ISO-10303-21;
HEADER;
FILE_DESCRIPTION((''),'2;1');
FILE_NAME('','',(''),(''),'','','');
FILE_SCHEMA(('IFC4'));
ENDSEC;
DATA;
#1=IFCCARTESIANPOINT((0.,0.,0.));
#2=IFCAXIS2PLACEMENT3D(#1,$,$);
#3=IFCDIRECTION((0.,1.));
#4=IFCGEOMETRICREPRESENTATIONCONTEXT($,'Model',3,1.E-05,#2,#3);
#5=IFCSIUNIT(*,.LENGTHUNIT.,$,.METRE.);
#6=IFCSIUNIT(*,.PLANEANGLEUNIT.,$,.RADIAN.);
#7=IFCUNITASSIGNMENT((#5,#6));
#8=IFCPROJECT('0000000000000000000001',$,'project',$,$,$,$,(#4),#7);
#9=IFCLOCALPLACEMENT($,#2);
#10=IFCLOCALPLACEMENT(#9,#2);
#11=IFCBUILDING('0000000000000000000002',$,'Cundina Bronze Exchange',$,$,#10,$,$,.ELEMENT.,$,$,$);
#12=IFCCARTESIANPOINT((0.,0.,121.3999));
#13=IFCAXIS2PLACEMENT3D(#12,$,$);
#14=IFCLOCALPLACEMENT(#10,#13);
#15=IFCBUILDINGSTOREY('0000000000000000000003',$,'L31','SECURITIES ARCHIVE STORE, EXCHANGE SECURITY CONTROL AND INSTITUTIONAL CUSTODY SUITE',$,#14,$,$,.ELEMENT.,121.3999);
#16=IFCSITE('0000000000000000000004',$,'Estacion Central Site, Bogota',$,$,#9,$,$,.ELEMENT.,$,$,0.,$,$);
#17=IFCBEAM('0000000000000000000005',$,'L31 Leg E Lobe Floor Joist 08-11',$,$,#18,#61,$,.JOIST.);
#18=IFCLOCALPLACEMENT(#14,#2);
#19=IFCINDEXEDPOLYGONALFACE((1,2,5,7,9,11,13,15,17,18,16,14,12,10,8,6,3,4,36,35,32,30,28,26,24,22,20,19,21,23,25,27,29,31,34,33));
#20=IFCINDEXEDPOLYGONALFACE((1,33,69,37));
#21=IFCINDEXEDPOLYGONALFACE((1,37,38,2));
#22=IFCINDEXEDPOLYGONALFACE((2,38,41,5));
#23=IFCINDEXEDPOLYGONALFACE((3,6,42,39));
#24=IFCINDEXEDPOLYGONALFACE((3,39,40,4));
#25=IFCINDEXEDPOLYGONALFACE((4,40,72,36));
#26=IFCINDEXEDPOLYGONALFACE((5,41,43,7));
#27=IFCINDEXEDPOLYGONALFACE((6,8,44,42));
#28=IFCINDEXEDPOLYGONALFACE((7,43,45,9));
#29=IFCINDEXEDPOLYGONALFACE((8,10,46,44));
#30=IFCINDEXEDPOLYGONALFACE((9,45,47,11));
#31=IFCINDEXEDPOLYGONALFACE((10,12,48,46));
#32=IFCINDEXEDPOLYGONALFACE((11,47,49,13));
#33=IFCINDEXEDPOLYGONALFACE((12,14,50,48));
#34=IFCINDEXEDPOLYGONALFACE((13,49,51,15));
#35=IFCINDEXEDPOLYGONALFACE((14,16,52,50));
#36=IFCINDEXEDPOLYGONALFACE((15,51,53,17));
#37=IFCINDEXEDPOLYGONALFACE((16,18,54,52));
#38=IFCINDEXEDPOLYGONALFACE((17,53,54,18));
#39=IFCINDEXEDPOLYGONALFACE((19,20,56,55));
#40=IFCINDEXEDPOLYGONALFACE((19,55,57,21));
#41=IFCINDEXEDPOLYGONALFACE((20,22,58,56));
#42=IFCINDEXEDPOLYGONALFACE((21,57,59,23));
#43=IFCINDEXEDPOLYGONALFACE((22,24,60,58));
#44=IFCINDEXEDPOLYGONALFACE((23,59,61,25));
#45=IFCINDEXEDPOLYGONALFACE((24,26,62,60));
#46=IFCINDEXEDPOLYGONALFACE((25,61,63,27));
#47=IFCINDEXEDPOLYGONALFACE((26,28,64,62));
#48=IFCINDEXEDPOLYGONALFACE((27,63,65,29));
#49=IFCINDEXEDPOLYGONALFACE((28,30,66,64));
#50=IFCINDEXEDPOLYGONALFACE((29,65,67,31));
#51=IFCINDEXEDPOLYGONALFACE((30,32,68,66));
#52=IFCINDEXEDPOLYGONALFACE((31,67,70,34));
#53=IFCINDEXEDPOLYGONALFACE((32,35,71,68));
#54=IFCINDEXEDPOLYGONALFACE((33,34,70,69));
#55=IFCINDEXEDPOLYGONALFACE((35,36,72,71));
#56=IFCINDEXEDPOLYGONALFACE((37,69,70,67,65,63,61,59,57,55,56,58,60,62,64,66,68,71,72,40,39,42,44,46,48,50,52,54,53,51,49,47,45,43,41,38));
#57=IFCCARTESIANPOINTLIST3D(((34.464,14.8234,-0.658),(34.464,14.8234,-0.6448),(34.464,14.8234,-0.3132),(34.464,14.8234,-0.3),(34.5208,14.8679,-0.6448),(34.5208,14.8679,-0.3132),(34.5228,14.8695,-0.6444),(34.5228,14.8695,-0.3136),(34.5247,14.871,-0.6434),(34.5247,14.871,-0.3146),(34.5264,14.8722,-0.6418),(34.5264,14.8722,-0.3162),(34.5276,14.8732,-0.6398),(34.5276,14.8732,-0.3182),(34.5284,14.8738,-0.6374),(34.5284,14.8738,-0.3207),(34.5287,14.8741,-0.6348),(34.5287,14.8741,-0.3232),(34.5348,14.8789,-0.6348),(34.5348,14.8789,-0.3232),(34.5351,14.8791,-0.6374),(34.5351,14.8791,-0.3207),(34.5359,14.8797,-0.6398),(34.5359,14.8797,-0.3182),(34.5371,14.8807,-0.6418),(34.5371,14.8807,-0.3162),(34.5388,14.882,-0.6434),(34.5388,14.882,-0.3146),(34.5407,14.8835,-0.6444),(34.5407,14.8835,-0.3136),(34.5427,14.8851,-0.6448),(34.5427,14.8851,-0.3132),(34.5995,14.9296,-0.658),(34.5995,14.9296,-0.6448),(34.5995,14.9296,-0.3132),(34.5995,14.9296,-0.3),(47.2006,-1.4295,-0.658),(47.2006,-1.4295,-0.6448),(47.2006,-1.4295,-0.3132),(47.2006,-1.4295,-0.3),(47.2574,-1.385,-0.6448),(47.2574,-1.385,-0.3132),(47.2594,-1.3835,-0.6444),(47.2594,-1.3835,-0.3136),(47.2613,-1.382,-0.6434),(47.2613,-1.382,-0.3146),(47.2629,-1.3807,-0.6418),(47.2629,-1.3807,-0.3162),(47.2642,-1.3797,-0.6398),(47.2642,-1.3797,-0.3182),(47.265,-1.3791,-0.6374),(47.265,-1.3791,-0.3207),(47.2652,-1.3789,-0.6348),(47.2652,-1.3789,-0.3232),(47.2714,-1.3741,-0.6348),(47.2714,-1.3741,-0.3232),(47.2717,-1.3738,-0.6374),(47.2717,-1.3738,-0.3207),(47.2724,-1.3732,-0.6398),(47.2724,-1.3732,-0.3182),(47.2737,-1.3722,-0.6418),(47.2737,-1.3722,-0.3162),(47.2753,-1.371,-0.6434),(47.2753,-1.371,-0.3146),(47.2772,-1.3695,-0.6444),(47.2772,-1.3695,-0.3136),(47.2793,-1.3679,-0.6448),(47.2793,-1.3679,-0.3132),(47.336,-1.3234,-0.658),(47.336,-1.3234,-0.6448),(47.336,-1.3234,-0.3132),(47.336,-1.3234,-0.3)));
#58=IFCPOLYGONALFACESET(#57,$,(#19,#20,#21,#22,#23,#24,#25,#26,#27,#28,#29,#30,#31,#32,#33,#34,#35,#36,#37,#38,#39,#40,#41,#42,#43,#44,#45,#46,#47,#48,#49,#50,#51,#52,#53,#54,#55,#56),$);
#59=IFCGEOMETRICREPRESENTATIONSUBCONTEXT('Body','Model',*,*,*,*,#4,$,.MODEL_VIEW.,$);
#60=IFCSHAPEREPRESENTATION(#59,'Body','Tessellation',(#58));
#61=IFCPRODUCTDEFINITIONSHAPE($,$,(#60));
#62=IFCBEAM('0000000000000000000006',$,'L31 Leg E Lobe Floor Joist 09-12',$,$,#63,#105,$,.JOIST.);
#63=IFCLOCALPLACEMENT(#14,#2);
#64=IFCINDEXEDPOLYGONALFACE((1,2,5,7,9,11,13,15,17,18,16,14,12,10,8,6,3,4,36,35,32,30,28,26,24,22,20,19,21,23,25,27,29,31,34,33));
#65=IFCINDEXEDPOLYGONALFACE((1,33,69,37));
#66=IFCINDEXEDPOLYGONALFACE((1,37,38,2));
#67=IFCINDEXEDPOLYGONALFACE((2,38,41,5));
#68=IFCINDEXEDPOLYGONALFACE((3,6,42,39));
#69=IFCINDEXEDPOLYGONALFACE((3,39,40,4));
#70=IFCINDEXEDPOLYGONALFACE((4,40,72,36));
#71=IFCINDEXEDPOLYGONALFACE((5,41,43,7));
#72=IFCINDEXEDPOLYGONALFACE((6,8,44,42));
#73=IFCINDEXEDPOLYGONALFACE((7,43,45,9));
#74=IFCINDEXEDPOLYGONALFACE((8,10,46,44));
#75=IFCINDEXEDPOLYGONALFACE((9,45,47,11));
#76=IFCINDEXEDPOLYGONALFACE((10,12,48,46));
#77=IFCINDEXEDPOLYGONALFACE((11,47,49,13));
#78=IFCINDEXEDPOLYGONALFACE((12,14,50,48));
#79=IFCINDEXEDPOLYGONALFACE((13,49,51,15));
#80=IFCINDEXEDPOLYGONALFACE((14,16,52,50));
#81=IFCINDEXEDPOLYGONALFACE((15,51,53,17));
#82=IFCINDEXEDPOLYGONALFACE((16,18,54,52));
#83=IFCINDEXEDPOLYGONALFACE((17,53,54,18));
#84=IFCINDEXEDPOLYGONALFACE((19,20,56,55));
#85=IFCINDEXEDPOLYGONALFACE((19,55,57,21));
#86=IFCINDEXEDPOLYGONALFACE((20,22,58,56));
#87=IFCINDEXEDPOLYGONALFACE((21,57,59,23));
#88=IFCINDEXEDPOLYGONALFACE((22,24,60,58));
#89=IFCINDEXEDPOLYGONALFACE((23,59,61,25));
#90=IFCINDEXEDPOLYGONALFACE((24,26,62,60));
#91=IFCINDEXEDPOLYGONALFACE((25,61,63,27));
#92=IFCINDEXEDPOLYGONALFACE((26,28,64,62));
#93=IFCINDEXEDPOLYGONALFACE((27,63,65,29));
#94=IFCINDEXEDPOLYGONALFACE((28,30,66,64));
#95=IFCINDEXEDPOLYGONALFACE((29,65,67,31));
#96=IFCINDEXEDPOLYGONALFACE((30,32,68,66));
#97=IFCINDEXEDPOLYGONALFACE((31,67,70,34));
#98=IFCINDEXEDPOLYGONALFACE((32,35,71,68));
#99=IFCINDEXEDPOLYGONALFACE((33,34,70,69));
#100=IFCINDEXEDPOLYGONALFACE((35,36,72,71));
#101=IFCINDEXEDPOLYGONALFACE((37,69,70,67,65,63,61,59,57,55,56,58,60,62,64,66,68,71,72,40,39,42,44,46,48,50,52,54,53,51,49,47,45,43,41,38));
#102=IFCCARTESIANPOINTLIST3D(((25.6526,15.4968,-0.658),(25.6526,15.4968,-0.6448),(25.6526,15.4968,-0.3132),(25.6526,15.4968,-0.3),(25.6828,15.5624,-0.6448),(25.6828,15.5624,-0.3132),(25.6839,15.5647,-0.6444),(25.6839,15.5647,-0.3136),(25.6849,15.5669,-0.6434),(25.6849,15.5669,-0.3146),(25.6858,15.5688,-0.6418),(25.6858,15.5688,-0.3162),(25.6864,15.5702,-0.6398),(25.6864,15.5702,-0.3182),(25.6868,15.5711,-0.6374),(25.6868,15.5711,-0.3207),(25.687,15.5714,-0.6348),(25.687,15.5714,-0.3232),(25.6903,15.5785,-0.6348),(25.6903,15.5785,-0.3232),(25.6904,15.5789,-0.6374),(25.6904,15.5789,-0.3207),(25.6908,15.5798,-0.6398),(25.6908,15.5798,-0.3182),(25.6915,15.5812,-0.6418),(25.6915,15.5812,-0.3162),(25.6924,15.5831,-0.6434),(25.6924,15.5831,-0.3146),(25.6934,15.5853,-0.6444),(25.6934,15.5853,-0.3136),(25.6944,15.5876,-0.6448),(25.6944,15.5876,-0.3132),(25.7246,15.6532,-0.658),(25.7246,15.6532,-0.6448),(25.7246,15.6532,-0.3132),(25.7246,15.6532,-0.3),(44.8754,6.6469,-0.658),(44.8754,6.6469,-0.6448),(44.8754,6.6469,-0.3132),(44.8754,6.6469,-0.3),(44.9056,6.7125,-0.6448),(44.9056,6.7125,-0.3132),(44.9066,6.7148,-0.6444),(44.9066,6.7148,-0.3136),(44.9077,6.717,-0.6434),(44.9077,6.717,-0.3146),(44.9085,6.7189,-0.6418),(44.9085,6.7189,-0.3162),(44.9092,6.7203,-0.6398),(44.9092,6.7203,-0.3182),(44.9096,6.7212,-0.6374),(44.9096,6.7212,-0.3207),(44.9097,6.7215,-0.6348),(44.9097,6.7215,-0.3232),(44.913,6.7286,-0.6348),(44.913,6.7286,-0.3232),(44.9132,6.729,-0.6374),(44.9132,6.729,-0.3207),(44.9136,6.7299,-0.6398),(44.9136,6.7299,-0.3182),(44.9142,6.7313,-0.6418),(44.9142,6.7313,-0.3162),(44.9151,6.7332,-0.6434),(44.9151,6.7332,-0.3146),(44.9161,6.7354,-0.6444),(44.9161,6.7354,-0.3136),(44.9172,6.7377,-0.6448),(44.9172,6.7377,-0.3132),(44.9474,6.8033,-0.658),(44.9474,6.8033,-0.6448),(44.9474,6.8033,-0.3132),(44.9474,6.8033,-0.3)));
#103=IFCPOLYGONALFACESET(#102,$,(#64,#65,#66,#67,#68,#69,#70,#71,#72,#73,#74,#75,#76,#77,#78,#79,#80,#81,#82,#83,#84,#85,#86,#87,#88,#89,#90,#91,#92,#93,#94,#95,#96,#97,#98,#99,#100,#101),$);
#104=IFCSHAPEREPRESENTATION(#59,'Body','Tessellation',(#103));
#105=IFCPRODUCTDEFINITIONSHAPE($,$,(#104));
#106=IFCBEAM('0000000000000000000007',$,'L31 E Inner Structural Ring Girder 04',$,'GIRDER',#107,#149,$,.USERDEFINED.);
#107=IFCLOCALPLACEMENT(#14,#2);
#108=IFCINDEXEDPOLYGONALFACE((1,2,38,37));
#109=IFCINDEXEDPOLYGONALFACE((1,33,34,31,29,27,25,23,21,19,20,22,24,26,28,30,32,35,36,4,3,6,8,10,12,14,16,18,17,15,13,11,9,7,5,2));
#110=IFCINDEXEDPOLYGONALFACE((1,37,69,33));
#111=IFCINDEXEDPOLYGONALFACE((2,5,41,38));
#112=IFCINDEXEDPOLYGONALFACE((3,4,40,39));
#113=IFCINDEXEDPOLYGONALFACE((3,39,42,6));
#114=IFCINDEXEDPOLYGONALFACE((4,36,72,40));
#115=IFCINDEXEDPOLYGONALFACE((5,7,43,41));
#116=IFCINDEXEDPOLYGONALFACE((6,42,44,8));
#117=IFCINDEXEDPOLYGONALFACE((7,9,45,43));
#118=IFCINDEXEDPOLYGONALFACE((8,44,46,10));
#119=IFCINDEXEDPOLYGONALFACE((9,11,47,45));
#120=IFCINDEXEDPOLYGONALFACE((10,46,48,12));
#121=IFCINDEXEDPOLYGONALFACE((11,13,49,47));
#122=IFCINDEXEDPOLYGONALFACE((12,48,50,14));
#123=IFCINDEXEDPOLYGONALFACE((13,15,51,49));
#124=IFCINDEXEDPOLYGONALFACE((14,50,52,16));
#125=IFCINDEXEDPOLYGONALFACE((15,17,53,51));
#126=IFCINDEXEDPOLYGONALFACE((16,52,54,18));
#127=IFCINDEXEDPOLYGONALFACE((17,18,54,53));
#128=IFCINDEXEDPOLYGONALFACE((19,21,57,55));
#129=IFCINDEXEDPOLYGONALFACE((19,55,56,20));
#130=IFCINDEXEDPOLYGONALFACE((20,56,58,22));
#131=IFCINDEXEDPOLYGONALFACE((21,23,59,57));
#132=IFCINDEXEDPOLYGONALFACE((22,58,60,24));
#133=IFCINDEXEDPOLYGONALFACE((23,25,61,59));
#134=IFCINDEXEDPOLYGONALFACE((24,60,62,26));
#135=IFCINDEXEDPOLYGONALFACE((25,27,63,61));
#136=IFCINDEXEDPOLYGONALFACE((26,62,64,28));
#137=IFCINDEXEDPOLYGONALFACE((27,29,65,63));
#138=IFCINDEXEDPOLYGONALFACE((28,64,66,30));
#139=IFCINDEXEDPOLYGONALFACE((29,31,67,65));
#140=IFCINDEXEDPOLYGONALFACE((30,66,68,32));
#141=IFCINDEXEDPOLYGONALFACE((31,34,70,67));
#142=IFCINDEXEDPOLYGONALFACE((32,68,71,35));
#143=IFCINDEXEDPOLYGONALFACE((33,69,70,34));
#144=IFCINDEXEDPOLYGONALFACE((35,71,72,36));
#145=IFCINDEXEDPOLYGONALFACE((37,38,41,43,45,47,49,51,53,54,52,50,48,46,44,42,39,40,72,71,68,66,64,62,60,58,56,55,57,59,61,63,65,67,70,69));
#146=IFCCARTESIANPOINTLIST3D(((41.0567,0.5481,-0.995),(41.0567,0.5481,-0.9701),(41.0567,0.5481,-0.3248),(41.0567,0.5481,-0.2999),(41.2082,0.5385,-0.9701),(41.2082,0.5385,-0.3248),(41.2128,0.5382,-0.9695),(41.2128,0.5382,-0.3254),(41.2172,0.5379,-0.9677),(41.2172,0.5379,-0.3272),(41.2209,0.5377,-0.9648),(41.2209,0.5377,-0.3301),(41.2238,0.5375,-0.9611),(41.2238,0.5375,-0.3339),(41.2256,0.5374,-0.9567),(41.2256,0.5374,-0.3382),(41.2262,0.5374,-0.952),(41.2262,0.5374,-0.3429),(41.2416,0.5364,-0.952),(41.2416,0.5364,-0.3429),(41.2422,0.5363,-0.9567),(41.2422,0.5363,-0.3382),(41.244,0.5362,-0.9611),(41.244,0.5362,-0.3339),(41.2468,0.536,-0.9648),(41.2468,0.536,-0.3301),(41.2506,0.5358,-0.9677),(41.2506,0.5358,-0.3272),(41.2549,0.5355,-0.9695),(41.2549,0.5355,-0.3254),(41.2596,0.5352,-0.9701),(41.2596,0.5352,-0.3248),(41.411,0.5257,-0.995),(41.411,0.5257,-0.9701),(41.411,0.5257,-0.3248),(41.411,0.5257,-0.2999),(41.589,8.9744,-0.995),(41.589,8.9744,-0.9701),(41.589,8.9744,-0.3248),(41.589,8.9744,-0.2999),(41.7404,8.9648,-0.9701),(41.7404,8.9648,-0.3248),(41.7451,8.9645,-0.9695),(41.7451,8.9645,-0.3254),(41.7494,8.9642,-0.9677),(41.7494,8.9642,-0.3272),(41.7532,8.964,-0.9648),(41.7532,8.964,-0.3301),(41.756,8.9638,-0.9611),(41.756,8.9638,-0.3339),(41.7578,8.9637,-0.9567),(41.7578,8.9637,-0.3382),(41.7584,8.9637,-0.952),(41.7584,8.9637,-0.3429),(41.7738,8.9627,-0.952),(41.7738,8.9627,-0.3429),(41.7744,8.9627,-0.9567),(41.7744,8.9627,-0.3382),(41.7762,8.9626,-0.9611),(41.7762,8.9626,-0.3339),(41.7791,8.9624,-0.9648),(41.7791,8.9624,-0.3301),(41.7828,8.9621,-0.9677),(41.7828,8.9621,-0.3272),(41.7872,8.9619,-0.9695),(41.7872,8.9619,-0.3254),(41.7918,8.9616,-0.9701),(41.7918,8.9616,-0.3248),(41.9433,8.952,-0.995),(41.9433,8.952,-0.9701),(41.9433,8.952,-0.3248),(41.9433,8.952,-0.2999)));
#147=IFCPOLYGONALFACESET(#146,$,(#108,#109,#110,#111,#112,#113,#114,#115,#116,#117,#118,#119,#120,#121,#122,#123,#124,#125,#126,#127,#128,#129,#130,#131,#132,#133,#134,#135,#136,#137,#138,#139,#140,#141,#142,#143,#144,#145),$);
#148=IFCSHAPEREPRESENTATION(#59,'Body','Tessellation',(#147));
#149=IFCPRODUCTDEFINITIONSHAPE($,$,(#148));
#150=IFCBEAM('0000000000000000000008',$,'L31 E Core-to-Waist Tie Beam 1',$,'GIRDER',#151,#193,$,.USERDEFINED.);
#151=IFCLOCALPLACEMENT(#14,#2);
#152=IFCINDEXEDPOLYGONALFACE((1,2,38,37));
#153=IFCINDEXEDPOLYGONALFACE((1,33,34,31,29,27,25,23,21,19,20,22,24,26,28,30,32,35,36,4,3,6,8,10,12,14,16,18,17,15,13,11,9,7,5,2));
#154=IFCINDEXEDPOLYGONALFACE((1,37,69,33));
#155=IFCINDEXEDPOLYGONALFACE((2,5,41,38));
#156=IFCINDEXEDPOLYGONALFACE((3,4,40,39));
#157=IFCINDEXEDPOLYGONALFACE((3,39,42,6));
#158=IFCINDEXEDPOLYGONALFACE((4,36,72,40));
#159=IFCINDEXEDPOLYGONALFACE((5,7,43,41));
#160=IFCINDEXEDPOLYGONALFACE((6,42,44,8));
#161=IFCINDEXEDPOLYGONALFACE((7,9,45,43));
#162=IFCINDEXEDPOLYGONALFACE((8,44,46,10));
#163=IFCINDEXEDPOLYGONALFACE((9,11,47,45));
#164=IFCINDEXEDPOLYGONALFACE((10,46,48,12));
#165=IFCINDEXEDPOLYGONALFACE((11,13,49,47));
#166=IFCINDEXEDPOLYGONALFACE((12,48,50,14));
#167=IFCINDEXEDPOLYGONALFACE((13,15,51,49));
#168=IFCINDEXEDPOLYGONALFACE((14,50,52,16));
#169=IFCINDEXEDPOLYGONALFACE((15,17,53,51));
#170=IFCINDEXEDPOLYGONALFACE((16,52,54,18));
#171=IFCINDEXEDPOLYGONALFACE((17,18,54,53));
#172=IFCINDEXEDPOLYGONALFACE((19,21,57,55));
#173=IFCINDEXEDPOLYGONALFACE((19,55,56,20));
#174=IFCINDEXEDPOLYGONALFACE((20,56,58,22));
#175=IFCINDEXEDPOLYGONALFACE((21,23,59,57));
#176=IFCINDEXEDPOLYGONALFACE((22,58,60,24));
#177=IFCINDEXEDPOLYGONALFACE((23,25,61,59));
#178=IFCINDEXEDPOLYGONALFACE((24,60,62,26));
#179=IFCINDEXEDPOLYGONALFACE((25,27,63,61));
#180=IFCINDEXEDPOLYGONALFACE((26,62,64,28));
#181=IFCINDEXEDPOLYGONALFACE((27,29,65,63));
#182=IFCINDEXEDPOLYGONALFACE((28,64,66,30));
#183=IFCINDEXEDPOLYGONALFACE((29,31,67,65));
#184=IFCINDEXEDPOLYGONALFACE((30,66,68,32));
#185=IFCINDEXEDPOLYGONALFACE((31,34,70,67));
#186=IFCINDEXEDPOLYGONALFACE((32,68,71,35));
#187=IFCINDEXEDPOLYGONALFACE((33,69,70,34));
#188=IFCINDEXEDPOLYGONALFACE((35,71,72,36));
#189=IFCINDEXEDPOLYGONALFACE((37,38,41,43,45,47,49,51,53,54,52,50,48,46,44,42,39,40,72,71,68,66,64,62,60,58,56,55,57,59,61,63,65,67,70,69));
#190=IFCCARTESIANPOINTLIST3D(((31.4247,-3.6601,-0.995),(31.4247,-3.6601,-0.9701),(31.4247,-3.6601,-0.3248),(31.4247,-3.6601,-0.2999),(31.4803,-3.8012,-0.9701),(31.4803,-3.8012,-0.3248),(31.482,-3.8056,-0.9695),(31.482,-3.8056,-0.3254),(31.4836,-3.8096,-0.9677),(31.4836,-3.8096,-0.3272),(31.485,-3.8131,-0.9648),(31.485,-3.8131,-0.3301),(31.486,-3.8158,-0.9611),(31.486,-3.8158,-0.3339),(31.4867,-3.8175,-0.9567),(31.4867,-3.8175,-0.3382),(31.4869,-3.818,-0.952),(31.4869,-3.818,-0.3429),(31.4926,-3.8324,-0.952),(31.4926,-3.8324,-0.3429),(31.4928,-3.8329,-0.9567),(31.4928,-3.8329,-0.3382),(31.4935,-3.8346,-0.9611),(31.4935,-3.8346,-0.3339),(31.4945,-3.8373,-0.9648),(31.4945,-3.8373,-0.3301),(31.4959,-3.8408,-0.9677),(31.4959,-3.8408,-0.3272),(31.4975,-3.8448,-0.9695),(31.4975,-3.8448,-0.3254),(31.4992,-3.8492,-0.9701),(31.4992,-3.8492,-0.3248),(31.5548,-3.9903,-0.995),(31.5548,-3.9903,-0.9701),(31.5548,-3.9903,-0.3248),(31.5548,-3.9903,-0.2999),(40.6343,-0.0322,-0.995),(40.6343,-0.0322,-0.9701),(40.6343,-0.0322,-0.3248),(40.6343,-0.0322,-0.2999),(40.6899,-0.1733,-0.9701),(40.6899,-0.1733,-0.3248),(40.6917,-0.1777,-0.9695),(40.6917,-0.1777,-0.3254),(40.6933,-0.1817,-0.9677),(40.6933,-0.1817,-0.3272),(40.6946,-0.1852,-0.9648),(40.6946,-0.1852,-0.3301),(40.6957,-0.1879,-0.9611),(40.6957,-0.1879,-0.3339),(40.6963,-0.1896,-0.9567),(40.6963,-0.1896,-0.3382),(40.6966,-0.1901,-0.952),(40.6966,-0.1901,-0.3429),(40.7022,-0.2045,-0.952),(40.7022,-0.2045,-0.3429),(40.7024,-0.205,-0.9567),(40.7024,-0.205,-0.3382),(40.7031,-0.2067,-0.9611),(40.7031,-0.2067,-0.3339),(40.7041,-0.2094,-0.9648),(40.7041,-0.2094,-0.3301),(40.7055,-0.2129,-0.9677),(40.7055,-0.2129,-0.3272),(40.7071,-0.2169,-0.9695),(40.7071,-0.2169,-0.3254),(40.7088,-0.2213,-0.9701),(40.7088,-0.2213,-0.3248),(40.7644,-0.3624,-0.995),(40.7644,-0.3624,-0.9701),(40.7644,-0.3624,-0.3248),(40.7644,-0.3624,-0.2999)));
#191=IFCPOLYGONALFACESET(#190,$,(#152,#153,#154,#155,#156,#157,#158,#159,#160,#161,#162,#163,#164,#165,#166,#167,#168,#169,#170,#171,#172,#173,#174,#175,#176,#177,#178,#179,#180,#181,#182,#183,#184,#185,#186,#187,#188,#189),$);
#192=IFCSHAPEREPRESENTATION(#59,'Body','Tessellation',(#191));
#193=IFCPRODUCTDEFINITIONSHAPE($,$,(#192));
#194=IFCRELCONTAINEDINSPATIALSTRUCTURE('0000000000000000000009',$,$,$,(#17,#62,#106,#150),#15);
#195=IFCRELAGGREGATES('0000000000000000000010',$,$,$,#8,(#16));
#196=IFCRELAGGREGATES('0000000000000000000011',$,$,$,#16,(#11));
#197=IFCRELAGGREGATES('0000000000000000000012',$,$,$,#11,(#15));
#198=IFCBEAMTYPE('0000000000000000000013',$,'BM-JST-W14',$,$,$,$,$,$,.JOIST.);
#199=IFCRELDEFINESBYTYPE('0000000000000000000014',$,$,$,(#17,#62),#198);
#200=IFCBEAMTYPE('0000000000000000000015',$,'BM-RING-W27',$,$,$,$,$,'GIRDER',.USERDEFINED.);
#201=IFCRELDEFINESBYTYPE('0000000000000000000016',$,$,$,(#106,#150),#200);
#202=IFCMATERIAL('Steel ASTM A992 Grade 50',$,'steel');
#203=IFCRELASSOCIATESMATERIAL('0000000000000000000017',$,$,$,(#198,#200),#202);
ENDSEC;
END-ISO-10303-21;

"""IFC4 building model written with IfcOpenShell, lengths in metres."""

from ifc_helpers import new_model, si_unit, direction, frame, origin, origin_2d, place, context, subcontext, project, spatial, i_section, extrude, material, material_profile, profile_set, type_object, element, save


model = new_model("IFC4")

# Units and contexts
model_context = context("Model", 3, precision=1e-05, world=origin(), true_north=direction((0.0, 1.0)))
body_context = subcontext(model_context, "Body", "Model", "MODEL_VIEW")
ifc_project = project(units=[si_unit("LENGTHUNIT", "METRE"), si_unit("PLANEANGLEUNIT", "RADIAN")], contexts=[model_context])

# Site, building, storey
site_placement = place(None, origin())
site = spatial("IfcSite", under=ifc_project, at=site_placement, Name="Estacion Central Site, Bogota", CompositionType="ELEMENT", RefElevation=0.0)
building_placement = place(site_placement, origin())
building = spatial("IfcBuilding", under=site, at=building_placement, Name="Cundina Bronze Exchange", CompositionType="ELEMENT")
storey_placement = place(building_placement, frame((0.0, 0.0, 121.3999)))
storey = spatial("IfcBuildingStorey", under=building, at=storey_placement, Name="L31", Description="SECURITIES ARCHIVE STORE, EXCHANGE SECURITY CONTROL AND INSTITUTIONAL CUSTODY SUITE", CompositionType="ELEMENT", Elevation=121.3999)

# Shared definitions
ifc_material_1 = material(Name="Steel ASTM A992 Grade 50", Category="steel")

# Beams
ifc_material_profile_1 = material_profile(ifc_material_1, i_section(OverallWidth=0.1721, OverallDepth=0.3579, WebThickness=0.0078, FlangeThickness=0.0132, FilletRadius=0.01, at=origin_2d()), Name="W14X38", Category="steel")
ifc_profile_set_1 = profile_set([ifc_material_profile_1], Name="Steel ASTM A992 Grade 50")
beam_type_1 = type_object("IfcBeamType", Name="BM-JST-W14", PredefinedType="JOIST", material=ifc_profile_set_1)
beam_1_placement = place(storey_placement, frame((47.2683, -1.3765, -0.479), z_axis=(-0.616815, 0.787108, 0.0), x_axis=(-0.787108, -0.616815, 0.0)))
element("IfcBeam", 1, at=beam_1_placement, inside=storey, type_object=beam_type_1, Name="L31 Leg E Lobe Floor Joist 08-11", PredefinedType="JOIST", context=body_context, shape_type="SweptSolid", body=[
    extrude(i_section(OverallWidth=0.1721, OverallDepth=0.3579, WebThickness=0.0078, FlangeThickness=0.0132, FilletRadius=0.01, at=origin_2d()), origin(), (0.0, 0.0, 1.0), 20.6489),
])
beam_2_placement = place(storey_placement, frame((44.9114, 6.7251, -0.479), z_axis=(-0.908357, 0.418195, 0.0), x_axis=(-0.418195, -0.908357, 0.0)))
element("IfcBeam", 2, at=beam_2_placement, inside=storey, type_object=beam_type_1, Name="L31 Leg E Lobe Floor Joist 09-12", PredefinedType="JOIST", context=body_context, shape_type="SweptSolid", body=[
    extrude(i_section(OverallWidth=0.1721, OverallDepth=0.3579, WebThickness=0.0078, FlangeThickness=0.0132, FilletRadius=0.01, at=origin_2d()), origin(), (0.0, 0.0, 1.0), 21.1621),
])
ifc_material_profile_2 = material_profile(ifc_material_1, i_section(OverallWidth=0.355, OverallDepth=0.6951, WebThickness=0.0154, FlangeThickness=0.0249, FilletRadius=0.0181, at=origin_2d()), Name="W27X146", Category="steel")
ifc_profile_set_2 = profile_set([ifc_material_profile_2], Name="Steel ASTM A992 Grade 50")
beam_type_2 = type_object("IfcBeamType", Name="BM-RING-W27", ElementType="GIRDER", PredefinedType="USERDEFINED", material=ifc_profile_set_2)
beam_3_placement = place(storey_placement, frame((41.2339, 0.5369, -0.6475), z_axis=(0.063037, 0.998011, 0.0), x_axis=(-0.998011, 0.063037, 0.0)))
element("IfcBeam", 3, at=beam_3_placement, inside=storey, type_object=beam_type_2, Name="L31 E Inner Structural Ring Girder 04", ObjectType="GIRDER", PredefinedType="USERDEFINED", context=body_context, shape_type="SweptSolid", body=[
    extrude(i_section(OverallWidth=0.355, OverallDepth=0.6951, WebThickness=0.0154, FlangeThickness=0.0249, FilletRadius=0.0181, at=origin_2d()), origin(), (0.0, 0.0, 1.0), 8.4431),
])
beam_4_placement = place(storey_placement, frame((31.4897, -3.8252, -0.6475), z_axis=(0.930413, 0.366512, 0.0), x_axis=(-0.366512, 0.930413, 0.0)))
element("IfcBeam", 4, at=beam_4_placement, inside=storey, type_object=beam_type_2, Name="L31 E Core-to-Waist Tie Beam 1", ObjectType="GIRDER", PredefinedType="USERDEFINED", context=body_context, shape_type="SweptSolid", body=[
    extrude(i_section(OverallWidth=0.355, OverallDepth=0.6951, WebThickness=0.0154, FlangeThickness=0.0249, FilletRadius=0.0181, at=origin_2d()), origin(), (0.0, 0.0, 1.0), 9.8984),
])

save(model, "model.ifc")
